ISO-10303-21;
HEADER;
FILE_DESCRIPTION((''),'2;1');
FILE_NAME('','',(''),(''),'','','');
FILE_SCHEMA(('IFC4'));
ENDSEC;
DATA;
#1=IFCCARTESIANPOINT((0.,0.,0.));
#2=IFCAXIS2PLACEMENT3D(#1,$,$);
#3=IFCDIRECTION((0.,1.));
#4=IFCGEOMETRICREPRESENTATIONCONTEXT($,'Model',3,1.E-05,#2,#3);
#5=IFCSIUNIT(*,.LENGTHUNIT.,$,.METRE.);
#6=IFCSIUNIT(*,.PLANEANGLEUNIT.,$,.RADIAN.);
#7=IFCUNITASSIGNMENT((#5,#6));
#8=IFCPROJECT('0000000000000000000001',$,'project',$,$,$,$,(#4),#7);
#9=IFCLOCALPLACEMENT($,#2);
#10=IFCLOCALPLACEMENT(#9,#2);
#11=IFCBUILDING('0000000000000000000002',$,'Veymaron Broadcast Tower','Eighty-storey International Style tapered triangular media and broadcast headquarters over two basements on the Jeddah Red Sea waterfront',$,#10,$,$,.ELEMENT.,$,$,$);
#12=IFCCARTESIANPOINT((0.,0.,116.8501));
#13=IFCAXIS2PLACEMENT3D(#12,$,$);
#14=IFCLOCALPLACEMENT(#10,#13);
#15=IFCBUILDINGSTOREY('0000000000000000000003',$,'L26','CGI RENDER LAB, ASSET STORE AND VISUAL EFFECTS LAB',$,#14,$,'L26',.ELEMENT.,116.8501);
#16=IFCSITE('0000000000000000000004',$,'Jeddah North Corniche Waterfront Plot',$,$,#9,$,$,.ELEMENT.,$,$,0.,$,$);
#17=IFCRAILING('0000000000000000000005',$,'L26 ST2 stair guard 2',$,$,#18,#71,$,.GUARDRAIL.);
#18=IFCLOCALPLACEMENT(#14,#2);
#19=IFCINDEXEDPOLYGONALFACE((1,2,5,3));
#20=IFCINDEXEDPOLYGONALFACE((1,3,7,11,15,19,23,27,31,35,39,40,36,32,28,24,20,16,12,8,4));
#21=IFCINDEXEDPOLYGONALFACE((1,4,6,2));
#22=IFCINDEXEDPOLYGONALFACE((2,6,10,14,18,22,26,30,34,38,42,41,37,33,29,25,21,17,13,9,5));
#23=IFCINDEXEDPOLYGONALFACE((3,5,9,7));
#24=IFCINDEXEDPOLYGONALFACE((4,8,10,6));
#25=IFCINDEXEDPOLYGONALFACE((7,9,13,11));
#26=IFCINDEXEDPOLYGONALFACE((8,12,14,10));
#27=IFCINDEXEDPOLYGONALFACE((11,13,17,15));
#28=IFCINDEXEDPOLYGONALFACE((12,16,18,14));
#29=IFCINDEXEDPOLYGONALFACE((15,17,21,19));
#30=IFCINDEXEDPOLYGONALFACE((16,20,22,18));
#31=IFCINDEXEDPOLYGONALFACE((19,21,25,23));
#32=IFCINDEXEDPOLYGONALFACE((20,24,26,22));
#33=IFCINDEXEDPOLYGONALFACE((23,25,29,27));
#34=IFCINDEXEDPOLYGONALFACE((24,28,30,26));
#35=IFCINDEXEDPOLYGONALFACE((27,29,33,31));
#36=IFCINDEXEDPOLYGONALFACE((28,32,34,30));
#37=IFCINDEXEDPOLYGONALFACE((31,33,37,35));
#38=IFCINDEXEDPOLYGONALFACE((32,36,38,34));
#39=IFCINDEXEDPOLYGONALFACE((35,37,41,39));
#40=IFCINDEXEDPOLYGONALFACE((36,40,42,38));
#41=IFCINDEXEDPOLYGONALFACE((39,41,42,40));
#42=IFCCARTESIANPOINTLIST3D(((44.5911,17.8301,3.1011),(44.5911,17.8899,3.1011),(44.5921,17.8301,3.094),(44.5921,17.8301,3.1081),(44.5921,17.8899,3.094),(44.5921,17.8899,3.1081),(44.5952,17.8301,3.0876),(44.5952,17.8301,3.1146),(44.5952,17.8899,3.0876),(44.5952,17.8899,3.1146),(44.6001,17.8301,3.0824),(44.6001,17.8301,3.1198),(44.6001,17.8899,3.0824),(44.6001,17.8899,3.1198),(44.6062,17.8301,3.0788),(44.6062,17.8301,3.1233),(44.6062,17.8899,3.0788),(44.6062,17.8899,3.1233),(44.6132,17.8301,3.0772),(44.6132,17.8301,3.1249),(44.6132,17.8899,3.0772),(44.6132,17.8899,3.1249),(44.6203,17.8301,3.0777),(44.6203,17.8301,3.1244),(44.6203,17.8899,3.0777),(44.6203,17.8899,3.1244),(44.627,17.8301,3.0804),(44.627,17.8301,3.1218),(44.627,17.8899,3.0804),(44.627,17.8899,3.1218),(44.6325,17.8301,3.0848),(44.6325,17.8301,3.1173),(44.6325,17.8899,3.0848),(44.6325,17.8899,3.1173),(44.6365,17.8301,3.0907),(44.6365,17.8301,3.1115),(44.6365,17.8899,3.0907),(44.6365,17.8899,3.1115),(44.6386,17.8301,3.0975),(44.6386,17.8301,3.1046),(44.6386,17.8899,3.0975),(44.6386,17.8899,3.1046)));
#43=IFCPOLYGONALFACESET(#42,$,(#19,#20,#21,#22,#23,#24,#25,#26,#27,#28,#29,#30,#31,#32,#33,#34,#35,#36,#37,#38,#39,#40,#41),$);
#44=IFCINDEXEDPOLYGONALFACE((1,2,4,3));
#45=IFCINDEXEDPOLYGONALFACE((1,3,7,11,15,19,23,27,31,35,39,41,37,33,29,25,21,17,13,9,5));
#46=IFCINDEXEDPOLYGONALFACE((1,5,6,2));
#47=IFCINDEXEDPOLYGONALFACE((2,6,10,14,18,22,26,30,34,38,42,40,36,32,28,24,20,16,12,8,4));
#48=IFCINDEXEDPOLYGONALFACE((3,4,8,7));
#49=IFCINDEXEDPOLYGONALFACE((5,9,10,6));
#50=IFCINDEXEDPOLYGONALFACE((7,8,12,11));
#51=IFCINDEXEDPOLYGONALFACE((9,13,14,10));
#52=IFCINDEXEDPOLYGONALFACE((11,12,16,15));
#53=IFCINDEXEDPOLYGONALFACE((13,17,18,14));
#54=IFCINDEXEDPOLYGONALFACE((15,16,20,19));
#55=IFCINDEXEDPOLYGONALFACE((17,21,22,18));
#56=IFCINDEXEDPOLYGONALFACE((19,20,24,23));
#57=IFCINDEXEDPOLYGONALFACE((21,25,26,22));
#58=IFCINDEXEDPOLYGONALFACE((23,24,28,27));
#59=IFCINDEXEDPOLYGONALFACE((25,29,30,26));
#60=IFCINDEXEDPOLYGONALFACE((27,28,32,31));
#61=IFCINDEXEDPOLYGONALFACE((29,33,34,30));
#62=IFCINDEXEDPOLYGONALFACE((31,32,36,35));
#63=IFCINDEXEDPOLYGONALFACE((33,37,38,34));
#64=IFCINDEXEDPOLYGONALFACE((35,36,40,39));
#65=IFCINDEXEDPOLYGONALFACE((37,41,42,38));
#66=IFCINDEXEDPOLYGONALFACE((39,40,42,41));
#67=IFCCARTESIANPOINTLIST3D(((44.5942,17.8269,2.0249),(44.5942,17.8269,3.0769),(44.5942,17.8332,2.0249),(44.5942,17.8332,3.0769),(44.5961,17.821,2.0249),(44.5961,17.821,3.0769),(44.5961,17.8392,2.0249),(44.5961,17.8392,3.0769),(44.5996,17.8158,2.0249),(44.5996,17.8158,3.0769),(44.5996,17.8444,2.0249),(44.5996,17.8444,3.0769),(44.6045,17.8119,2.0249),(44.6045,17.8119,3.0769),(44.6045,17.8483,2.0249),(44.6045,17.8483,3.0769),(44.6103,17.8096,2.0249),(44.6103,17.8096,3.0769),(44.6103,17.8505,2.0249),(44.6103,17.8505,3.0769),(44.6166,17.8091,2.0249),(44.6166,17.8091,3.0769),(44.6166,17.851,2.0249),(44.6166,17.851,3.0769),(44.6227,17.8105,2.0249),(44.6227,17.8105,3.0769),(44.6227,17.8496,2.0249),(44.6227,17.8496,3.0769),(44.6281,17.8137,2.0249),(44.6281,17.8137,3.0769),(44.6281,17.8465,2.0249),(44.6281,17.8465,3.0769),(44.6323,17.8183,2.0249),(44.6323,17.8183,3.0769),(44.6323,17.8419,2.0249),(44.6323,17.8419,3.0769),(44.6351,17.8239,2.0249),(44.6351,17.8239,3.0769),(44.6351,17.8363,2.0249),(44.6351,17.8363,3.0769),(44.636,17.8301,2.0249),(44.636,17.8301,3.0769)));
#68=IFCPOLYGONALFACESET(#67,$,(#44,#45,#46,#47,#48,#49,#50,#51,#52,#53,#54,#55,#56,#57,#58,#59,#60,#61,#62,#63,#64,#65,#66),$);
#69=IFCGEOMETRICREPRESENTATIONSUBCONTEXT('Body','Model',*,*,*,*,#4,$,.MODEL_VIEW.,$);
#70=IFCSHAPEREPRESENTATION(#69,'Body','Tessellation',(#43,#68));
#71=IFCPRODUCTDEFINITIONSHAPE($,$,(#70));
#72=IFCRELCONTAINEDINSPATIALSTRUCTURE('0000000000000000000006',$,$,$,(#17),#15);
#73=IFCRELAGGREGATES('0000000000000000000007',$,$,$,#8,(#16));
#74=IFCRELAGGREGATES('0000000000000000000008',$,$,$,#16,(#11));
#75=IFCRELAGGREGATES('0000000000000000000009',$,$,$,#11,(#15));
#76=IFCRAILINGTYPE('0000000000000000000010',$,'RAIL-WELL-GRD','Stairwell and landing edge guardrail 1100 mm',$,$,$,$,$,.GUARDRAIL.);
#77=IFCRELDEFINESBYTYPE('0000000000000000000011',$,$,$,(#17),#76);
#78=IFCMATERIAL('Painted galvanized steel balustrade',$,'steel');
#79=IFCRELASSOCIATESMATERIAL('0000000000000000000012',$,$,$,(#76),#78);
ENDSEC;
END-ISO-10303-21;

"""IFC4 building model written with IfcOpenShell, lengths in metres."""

from ifc_helpers import new_model, si_unit, direction, frame, origin, origin_2d, place, context, subcontext, project, spatial, circle, extrude, material, type_object, element, save


model = new_model("IFC4")

# Units and contexts
model_context = context("Model", 3, precision=1e-05, world=origin(), true_north=direction((0.0, 1.0)))
body_context = subcontext(model_context, "Body", "Model", "MODEL_VIEW")
ifc_project = project(units=[si_unit("LENGTHUNIT", "METRE"), si_unit("PLANEANGLEUNIT", "RADIAN")], contexts=[model_context])

# Site, building, storey
site_placement = place(None, origin())
site = spatial("IfcSite", under=ifc_project, at=site_placement, Name="Jeddah North Corniche Waterfront Plot", CompositionType="ELEMENT", RefElevation=0.0)
building_placement = place(site_placement, origin())
building = spatial("IfcBuilding", under=site, at=building_placement, Name="Veymaron Broadcast Tower", Description="Eighty-storey International Style tapered triangular media and broadcast headquarters over two basements on the Jeddah Red Sea waterfront", CompositionType="ELEMENT")
storey_placement = place(building_placement, frame((0.0, 0.0, 116.8501)))
storey = spatial("IfcBuildingStorey", under=building, at=storey_placement, Name="L26", Description="CGI RENDER LAB, ASSET STORE AND VISUAL EFFECTS LAB", LongName="L26", CompositionType="ELEMENT", Elevation=116.8501)

# Railing
ifc_material_1 = material(Name="Painted galvanized steel balustrade", Category="steel")
railing_type_1 = type_object("IfcRailingType", Name="RAIL-WELL-GRD", Description="Stairwell and landing edge guardrail 1100 mm", PredefinedType="GUARDRAIL", material=ifc_material_1)
railing_1_placement = place(storey_placement, frame((44.615, 17.8301, 2.0249)))
element("IfcRailing", 1, at=railing_1_placement, inside=storey, type_object=railing_type_1, Name="L26 ST2 stair guard 2", PredefinedType="GUARDRAIL", context=body_context, shape_type="SweptSolid", body=[
    extrude(circle(Radius=0.0239, at=origin_2d()), frame((0.0, 0.0, 1.0762), z_axis=(0.0, 1.0, 0.0), x_axis=(-1.0, 0.0, 0.0)), (0.0, 0.0, 1.0), 0.0598),
    extrude(circle(Radius=0.021, at=origin_2d()), origin(), (0.0, 0.0, 1.0), 1.052),
])

save(model, "model.ifc")
